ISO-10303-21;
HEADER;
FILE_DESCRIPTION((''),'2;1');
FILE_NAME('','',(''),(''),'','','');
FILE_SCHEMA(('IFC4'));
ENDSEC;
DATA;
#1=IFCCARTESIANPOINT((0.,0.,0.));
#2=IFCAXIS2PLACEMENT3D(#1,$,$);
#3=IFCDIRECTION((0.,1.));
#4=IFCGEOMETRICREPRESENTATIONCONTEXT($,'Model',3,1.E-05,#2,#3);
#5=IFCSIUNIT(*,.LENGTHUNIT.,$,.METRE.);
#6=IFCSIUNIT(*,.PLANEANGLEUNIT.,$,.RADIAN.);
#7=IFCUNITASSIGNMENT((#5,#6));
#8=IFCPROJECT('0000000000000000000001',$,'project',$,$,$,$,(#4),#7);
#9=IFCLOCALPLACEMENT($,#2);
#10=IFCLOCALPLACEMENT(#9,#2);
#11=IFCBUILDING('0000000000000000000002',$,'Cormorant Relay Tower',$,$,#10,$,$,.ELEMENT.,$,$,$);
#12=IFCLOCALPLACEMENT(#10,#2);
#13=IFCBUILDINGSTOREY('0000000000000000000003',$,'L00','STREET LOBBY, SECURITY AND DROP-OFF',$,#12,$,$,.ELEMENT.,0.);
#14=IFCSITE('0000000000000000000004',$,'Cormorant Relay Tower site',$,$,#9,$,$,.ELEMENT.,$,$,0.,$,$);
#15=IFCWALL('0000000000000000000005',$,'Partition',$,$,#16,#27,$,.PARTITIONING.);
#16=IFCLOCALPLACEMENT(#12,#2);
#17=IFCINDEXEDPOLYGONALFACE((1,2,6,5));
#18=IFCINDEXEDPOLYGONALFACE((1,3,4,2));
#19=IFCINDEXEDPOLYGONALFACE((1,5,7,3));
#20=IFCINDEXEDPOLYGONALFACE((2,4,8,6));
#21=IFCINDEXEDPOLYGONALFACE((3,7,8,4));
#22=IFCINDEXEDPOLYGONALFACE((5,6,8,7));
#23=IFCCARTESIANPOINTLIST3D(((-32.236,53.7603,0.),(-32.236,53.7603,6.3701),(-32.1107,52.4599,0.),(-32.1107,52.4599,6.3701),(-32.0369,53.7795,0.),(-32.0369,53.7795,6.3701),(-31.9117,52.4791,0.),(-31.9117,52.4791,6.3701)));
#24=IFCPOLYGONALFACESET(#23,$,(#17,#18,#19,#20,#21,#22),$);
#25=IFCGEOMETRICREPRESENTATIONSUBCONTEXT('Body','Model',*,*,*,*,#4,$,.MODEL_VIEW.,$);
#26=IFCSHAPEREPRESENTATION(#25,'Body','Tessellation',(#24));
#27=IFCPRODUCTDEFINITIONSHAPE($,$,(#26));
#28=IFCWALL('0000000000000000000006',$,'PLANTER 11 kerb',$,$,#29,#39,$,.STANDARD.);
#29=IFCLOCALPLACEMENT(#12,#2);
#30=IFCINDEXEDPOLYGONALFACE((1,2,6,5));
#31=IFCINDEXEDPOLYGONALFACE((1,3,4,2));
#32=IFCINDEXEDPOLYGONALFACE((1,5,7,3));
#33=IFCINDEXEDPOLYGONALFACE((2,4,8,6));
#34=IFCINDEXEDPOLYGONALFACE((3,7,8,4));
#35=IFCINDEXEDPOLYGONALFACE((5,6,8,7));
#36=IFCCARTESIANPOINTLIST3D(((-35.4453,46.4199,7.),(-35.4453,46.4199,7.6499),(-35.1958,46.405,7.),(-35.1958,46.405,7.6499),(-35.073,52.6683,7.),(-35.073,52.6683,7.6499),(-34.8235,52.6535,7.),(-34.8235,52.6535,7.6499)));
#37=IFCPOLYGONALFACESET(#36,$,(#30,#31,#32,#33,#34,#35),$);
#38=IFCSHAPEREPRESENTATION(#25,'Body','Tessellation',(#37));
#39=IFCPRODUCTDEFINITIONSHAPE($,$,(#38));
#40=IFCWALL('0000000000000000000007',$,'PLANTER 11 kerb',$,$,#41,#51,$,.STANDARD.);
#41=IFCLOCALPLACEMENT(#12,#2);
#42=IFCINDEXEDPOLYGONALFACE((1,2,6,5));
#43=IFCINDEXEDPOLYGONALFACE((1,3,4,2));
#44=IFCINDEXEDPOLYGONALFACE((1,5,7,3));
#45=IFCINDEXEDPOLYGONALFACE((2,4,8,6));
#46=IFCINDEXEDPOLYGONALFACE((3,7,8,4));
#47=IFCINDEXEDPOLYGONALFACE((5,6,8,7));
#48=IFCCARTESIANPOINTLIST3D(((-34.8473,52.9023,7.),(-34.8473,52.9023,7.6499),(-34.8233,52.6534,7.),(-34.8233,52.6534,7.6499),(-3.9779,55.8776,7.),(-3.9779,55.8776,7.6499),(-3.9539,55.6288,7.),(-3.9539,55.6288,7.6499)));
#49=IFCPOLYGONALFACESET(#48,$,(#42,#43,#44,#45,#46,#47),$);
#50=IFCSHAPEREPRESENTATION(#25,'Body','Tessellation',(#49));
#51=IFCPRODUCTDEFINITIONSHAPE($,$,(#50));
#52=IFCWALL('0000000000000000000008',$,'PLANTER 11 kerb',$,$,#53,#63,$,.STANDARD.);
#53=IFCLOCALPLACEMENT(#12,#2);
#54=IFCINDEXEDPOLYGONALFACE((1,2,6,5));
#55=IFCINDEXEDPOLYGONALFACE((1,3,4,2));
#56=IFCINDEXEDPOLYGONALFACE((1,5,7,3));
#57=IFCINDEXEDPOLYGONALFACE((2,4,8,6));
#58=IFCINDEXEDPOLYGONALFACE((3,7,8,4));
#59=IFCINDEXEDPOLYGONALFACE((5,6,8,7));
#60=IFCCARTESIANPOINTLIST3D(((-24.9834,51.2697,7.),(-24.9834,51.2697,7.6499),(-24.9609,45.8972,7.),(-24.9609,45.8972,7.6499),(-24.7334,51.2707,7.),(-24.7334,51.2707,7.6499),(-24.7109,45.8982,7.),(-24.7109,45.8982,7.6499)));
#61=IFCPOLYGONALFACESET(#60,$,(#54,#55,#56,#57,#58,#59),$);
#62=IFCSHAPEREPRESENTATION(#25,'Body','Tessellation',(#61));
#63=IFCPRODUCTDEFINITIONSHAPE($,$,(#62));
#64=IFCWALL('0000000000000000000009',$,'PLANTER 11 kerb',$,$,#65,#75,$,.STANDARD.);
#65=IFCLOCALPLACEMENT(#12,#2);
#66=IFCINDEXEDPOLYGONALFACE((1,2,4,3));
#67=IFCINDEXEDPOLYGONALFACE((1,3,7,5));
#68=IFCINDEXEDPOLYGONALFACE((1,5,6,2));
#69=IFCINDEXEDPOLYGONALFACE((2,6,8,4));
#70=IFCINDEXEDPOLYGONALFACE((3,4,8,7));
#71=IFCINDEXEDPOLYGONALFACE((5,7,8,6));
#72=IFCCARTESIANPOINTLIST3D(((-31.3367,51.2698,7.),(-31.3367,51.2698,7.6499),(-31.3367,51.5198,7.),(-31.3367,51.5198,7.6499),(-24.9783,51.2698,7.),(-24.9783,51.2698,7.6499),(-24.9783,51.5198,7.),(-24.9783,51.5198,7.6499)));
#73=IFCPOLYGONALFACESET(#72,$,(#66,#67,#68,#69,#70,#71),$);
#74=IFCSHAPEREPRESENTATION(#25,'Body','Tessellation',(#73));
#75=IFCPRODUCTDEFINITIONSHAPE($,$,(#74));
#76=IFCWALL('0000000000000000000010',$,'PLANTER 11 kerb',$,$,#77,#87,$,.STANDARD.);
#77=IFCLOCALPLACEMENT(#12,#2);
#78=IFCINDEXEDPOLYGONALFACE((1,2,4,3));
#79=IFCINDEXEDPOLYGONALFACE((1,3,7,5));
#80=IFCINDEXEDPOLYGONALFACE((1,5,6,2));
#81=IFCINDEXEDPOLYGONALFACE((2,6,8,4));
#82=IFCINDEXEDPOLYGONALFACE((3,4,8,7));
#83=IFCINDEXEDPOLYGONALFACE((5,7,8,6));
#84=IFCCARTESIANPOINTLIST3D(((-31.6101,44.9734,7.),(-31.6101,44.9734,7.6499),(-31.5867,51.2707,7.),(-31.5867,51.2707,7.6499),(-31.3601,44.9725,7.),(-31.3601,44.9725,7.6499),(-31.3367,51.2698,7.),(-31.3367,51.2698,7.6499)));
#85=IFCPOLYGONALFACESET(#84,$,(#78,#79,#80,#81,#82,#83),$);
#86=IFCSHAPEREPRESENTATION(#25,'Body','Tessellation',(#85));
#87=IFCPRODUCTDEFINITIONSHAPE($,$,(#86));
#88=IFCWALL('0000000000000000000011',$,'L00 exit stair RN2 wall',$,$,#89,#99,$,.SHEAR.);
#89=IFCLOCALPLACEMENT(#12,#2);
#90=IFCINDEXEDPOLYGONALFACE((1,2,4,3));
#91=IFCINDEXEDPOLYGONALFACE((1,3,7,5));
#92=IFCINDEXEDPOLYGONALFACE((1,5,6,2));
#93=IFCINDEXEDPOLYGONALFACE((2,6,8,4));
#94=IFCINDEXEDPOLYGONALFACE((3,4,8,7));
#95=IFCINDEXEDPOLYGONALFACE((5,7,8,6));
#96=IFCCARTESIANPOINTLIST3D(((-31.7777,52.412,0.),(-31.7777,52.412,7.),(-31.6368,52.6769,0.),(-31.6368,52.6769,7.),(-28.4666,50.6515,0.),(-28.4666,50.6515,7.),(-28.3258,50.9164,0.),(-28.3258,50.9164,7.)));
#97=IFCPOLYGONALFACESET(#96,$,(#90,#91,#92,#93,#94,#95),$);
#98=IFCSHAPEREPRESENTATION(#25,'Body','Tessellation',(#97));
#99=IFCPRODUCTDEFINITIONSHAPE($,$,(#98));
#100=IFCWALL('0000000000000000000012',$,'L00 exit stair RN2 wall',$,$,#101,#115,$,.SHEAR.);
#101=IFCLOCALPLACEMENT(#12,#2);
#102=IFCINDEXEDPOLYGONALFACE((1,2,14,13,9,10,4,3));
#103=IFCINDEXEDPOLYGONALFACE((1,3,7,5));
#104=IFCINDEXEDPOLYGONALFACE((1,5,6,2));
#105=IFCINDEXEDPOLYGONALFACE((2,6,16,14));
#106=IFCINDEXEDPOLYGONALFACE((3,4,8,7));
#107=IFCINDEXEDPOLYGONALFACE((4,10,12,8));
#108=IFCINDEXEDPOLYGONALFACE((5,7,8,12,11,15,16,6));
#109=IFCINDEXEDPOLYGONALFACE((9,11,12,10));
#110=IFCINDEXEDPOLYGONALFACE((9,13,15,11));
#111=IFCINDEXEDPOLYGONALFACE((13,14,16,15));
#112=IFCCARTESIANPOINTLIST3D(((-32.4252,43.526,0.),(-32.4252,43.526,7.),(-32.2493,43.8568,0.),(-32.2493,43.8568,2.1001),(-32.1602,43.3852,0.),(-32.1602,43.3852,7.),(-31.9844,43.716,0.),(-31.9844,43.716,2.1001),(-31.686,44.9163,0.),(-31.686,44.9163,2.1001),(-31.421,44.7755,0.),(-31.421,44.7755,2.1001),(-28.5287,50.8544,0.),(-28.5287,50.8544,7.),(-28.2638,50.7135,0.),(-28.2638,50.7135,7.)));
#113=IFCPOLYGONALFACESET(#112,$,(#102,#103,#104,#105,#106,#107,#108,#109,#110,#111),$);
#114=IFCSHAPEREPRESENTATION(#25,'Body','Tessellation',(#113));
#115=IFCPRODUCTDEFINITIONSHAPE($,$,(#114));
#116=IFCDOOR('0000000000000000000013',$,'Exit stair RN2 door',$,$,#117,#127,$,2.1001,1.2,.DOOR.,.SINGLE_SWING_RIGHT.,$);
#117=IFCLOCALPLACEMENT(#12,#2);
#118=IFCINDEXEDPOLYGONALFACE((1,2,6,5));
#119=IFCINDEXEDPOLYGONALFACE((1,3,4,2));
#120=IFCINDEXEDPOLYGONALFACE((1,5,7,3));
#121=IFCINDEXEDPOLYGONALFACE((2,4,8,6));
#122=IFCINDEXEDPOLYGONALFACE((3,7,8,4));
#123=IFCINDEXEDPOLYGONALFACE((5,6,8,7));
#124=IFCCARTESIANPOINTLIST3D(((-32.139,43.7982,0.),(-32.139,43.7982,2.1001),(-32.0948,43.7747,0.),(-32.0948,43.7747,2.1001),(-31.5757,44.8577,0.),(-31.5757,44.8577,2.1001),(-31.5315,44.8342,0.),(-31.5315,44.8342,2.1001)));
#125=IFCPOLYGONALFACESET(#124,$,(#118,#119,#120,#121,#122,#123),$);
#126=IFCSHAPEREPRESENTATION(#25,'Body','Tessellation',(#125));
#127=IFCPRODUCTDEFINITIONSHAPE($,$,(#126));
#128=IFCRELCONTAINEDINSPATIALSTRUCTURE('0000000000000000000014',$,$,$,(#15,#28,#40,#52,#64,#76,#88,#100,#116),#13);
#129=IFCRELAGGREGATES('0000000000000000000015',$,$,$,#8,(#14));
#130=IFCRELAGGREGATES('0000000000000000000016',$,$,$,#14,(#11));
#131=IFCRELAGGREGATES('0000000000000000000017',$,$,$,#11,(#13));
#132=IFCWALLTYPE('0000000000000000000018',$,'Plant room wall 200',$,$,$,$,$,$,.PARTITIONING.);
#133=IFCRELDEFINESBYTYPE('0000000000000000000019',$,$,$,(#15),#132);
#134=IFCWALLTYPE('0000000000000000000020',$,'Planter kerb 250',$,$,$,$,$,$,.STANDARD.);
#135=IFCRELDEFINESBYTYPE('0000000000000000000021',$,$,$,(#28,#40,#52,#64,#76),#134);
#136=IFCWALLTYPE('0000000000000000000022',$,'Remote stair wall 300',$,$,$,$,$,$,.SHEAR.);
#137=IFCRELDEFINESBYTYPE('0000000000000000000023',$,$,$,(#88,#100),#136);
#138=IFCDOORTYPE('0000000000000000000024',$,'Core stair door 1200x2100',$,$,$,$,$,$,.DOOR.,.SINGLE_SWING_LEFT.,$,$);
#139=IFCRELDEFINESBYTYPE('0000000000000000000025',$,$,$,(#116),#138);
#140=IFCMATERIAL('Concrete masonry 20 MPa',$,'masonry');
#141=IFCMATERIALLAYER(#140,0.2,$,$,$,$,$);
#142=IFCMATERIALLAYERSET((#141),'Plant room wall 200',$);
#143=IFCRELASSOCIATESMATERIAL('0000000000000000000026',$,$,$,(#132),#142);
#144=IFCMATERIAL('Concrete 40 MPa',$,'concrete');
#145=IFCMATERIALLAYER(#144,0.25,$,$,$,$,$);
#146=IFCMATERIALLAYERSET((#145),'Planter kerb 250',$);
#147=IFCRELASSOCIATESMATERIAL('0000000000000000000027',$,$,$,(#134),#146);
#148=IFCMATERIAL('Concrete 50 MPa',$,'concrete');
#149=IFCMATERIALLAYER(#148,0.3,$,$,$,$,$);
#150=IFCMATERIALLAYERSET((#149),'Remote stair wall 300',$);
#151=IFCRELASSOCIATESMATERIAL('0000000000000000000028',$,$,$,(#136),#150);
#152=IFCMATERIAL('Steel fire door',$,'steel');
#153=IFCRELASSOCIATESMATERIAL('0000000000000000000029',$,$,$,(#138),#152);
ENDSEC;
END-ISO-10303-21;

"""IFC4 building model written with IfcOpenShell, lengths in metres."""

from ifc_helpers import new_model, si_unit, direction, frame, frame_2d, origin, place, context, subcontext, project, spatial, rectangle, extrude, material, layer, layer_set, type_object, element, fill, save


model = new_model("IFC4")

# Units and contexts
model_context = context("Model", 3, precision=1e-05, world=origin(), true_north=direction((0.0, 1.0)))
body_context = subcontext(model_context, "Body", "Model", "MODEL_VIEW")
ifc_project = project(units=[si_unit("LENGTHUNIT", "METRE"), si_unit("PLANEANGLEUNIT", "RADIAN")], contexts=[model_context])

# Site, building, storey
site_placement = place(None, origin())
site = spatial("IfcSite", under=ifc_project, at=site_placement, Name="Cormorant Relay Tower site", CompositionType="ELEMENT", RefElevation=0.0)
building_placement = place(site_placement, origin())
building = spatial("IfcBuilding", under=site, at=building_placement, Name="Cormorant Relay Tower", CompositionType="ELEMENT")
storey_placement = place(building_placement, origin())
storey = spatial("IfcBuildingStorey", under=building, at=storey_placement, Name="L00", Description="STREET LOBBY, SECURITY AND DROP-OFF", CompositionType="ELEMENT", Elevation=0.0)

# Walls
ifc_material_1 = material(Name="Concrete masonry 20 MPa", Category="masonry")
ifc_layer_1 = layer(ifc_material_1, 0.2)
ifc_layer_set_1 = layer_set([ifc_layer_1], Name="Plant room wall 200")
wall_type_1 = type_object("IfcWallType", Name="Plant room wall 200", PredefinedType="PARTITIONING", material=ifc_layer_set_1)
wall_1_placement = place(storey_placement, frame((-32.1365, 53.77, 0.0), z_axis=(0.0, 0.0, 1.0), x_axis=(0.095876, -0.995393, 0.0)))
element("IfcWall", 1, at=wall_1_placement, inside=storey, type_object=wall_type_1, Name="Partition", PredefinedType="PARTITIONING", context=body_context, shape_type="SweptSolid", body=[
    extrude(rectangle(XDim=1.3064, YDim=0.2, at=frame_2d((0.6533, 0.0))), origin(), (0.0, 0.0, 1.0), 6.3701),
])
ifc_material_2 = material(Name="Concrete 40 MPa", Category="concrete")
ifc_layer_2 = layer(ifc_material_2, 0.25)
ifc_layer_set_2 = layer_set([ifc_layer_2], Name="Planter kerb 250")
wall_type_2 = type_object("IfcWallType", Name="Planter kerb 250", PredefinedType="STANDARD", material=ifc_layer_set_2)
wall_2_placement = place(storey_placement, frame((-35.3206, 46.4124, 7.0), z_axis=(0.0, 0.0, 1.0), x_axis=(0.059479, 0.99823, 0.0)))
element("IfcWall", 2, at=wall_2_placement, inside=storey, type_object=wall_type_2, Name="PLANTER 11 kerb", PredefinedType="STANDARD", context=body_context, shape_type="SweptSolid", body=[
    extrude(rectangle(XDim=6.2595, YDim=0.25, at=frame_2d((3.1299, 0.0))), origin(), (0.0, 0.0, 1.0), 0.6499),
])
wall_3_placement = place(storey_placement, frame((-34.8354, 52.7778, 7.0), z_axis=(0.0, 0.0, 1.0), x_axis=(0.995387, 0.09594, 0.0)))
element("IfcWall", 3, at=wall_3_placement, inside=storey, type_object=wall_type_2, Name="PLANTER 11 kerb", PredefinedType="STANDARD", context=body_context, shape_type="SweptSolid", body=[
    extrude(rectangle(XDim=31.0125, YDim=0.25, at=frame_2d((15.5063, 0.0))), origin(), (0.0, 0.0, 1.0), 0.6499),
])
wall_4_placement = place(storey_placement, frame((-24.8359, 45.8977, 7.0), z_axis=(0.0, 0.0, 1.0), x_axis=(-0.004181, 0.999991, 0.0)))
element("IfcWall", 4, at=wall_4_placement, inside=storey, type_object=wall_type_2, Name="PLANTER 11 kerb", PredefinedType="STANDARD", context=body_context, shape_type="SweptSolid", body=[
    extrude(rectangle(XDim=5.3726, YDim=0.25, at=frame_2d((2.6863, 0.0))), origin(), (0.0, 0.0, 1.0), 0.6499),
])
wall_5_placement = place(storey_placement, frame((-24.9783, 51.3948, 7.0), z_axis=(0.0, 0.0, 1.0), x_axis=(-1.0, 0.0, 0.0)))
element("IfcWall", 5, at=wall_5_placement, inside=storey, type_object=wall_type_2, Name="PLANTER 11 kerb", PredefinedType="STANDARD", context=body_context, shape_type="SweptSolid", body=[
    extrude(rectangle(XDim=6.3584, YDim=0.25, at=frame_2d((3.1792, 0.0))), origin(), (0.0, 0.0, 1.0), 0.6499),
])
wall_6_placement = place(storey_placement, frame((-31.4617, 51.2703, 7.0), z_axis=(0.0, 0.0, 1.0), x_axis=(-0.003722, -0.999993, 0.0)))
element("IfcWall", 6, at=wall_6_placement, inside=storey, type_object=wall_type_2, Name="PLANTER 11 kerb", PredefinedType="STANDARD", context=body_context, shape_type="SweptSolid", body=[
    extrude(rectangle(XDim=6.2974, YDim=0.25, at=frame_2d((3.1487, 0.0))), origin(), (0.0, 0.0, 1.0), 0.6499),
])
ifc_material_3 = material(Name="Concrete 50 MPa", Category="concrete")
ifc_layer_3 = layer(ifc_material_3, 0.3)
ifc_layer_set_3 = layer_set([ifc_layer_3], Name="Remote stair wall 300")
wall_type_3 = type_object("IfcWallType", Name="Remote stair wall 300", PredefinedType="SHEAR", material=ifc_layer_set_3)
wall_7_placement = place(storey_placement, frame((-31.7073, 52.5444, 0.0), z_axis=(0.0, 0.0, 1.0), x_axis=(0.882949, -0.469469, 0.0)))
element("IfcWall", 7, at=wall_7_placement, inside=storey, type_object=wall_type_3, Name="L00 exit stair RN2 wall", PredefinedType="SHEAR", context=body_context, shape_type="SweptSolid", body=[
    extrude(rectangle(XDim=3.75, YDim=0.3, at=frame_2d((1.875, 0.0))), origin(), (0.0, 0.0, 1.0), 7.0),
])

# Wall, opening, door
wall_8_placement = place(storey_placement, frame((-28.3962, 50.7839, 0.0), z_axis=(0.0, 0.0, 1.0), x_axis=(-0.469464, -0.882952, 0.0)))
wall_8 = element("IfcWall", 8, at=wall_8_placement, inside=storey, type_object=wall_type_3, Name="L00 exit stair RN2 wall", PredefinedType="SHEAR", context=body_context, shape_type="SweptSolid", body=[
    extrude(rectangle(XDim=8.2998, YDim=0.3, at=frame_2d((4.1499, 0.0))), origin(), (0.0, 0.0, 1.0), 7.0),
])
opening_1_placement = place(wall_8_placement, frame((6.7251, 0.0, 0.0)))
opening_1 = element("IfcOpeningElement", 9, at=opening_1_placement, cuts=wall_8, PredefinedType="OPENING", context=body_context, shape_type="SweptSolid", body=[
    extrude(rectangle(XDim=1.2, YDim=2.1001, at=frame_2d((0.6001, 1.05))), frame((0.0, 0.1599, 0.0), z_axis=(0.0, -1.0, 0.0), x_axis=(1.0, 0.0, 0.0)), (0.0, 0.0, 1.0), 0.3201),
])
ifc_material_4 = material(Name="Steel fire door", Category="steel")
door_type_1 = type_object("IfcDoorType", Name="Core stair door 1200x2100", OperationType="SINGLE_SWING_LEFT", PredefinedType="DOOR", material=ifc_material_4)
door_1_placement = place(opening_1_placement, origin())
door_1 = element("IfcDoor", 10, at=door_1_placement, inside=storey, type_object=door_type_1, Name="Exit stair RN2 door", OperationType="SINGLE_SWING_RIGHT", OverallHeight=2.1001, OverallWidth=1.2, PredefinedType="DOOR", context=body_context, shape_type="SweptSolid", body=[
    extrude(rectangle(XDim=1.2, YDim=2.1001, at=frame_2d((0.6001, 1.05))), frame((0.0, 0.0249, 0.0), z_axis=(0.0, -1.0, 0.0), x_axis=(1.0, 0.0, 0.0)), (0.0, 0.0, 1.0), 0.05),
])
fill(opening_1, door_1)

save(model, "model.ifc")
